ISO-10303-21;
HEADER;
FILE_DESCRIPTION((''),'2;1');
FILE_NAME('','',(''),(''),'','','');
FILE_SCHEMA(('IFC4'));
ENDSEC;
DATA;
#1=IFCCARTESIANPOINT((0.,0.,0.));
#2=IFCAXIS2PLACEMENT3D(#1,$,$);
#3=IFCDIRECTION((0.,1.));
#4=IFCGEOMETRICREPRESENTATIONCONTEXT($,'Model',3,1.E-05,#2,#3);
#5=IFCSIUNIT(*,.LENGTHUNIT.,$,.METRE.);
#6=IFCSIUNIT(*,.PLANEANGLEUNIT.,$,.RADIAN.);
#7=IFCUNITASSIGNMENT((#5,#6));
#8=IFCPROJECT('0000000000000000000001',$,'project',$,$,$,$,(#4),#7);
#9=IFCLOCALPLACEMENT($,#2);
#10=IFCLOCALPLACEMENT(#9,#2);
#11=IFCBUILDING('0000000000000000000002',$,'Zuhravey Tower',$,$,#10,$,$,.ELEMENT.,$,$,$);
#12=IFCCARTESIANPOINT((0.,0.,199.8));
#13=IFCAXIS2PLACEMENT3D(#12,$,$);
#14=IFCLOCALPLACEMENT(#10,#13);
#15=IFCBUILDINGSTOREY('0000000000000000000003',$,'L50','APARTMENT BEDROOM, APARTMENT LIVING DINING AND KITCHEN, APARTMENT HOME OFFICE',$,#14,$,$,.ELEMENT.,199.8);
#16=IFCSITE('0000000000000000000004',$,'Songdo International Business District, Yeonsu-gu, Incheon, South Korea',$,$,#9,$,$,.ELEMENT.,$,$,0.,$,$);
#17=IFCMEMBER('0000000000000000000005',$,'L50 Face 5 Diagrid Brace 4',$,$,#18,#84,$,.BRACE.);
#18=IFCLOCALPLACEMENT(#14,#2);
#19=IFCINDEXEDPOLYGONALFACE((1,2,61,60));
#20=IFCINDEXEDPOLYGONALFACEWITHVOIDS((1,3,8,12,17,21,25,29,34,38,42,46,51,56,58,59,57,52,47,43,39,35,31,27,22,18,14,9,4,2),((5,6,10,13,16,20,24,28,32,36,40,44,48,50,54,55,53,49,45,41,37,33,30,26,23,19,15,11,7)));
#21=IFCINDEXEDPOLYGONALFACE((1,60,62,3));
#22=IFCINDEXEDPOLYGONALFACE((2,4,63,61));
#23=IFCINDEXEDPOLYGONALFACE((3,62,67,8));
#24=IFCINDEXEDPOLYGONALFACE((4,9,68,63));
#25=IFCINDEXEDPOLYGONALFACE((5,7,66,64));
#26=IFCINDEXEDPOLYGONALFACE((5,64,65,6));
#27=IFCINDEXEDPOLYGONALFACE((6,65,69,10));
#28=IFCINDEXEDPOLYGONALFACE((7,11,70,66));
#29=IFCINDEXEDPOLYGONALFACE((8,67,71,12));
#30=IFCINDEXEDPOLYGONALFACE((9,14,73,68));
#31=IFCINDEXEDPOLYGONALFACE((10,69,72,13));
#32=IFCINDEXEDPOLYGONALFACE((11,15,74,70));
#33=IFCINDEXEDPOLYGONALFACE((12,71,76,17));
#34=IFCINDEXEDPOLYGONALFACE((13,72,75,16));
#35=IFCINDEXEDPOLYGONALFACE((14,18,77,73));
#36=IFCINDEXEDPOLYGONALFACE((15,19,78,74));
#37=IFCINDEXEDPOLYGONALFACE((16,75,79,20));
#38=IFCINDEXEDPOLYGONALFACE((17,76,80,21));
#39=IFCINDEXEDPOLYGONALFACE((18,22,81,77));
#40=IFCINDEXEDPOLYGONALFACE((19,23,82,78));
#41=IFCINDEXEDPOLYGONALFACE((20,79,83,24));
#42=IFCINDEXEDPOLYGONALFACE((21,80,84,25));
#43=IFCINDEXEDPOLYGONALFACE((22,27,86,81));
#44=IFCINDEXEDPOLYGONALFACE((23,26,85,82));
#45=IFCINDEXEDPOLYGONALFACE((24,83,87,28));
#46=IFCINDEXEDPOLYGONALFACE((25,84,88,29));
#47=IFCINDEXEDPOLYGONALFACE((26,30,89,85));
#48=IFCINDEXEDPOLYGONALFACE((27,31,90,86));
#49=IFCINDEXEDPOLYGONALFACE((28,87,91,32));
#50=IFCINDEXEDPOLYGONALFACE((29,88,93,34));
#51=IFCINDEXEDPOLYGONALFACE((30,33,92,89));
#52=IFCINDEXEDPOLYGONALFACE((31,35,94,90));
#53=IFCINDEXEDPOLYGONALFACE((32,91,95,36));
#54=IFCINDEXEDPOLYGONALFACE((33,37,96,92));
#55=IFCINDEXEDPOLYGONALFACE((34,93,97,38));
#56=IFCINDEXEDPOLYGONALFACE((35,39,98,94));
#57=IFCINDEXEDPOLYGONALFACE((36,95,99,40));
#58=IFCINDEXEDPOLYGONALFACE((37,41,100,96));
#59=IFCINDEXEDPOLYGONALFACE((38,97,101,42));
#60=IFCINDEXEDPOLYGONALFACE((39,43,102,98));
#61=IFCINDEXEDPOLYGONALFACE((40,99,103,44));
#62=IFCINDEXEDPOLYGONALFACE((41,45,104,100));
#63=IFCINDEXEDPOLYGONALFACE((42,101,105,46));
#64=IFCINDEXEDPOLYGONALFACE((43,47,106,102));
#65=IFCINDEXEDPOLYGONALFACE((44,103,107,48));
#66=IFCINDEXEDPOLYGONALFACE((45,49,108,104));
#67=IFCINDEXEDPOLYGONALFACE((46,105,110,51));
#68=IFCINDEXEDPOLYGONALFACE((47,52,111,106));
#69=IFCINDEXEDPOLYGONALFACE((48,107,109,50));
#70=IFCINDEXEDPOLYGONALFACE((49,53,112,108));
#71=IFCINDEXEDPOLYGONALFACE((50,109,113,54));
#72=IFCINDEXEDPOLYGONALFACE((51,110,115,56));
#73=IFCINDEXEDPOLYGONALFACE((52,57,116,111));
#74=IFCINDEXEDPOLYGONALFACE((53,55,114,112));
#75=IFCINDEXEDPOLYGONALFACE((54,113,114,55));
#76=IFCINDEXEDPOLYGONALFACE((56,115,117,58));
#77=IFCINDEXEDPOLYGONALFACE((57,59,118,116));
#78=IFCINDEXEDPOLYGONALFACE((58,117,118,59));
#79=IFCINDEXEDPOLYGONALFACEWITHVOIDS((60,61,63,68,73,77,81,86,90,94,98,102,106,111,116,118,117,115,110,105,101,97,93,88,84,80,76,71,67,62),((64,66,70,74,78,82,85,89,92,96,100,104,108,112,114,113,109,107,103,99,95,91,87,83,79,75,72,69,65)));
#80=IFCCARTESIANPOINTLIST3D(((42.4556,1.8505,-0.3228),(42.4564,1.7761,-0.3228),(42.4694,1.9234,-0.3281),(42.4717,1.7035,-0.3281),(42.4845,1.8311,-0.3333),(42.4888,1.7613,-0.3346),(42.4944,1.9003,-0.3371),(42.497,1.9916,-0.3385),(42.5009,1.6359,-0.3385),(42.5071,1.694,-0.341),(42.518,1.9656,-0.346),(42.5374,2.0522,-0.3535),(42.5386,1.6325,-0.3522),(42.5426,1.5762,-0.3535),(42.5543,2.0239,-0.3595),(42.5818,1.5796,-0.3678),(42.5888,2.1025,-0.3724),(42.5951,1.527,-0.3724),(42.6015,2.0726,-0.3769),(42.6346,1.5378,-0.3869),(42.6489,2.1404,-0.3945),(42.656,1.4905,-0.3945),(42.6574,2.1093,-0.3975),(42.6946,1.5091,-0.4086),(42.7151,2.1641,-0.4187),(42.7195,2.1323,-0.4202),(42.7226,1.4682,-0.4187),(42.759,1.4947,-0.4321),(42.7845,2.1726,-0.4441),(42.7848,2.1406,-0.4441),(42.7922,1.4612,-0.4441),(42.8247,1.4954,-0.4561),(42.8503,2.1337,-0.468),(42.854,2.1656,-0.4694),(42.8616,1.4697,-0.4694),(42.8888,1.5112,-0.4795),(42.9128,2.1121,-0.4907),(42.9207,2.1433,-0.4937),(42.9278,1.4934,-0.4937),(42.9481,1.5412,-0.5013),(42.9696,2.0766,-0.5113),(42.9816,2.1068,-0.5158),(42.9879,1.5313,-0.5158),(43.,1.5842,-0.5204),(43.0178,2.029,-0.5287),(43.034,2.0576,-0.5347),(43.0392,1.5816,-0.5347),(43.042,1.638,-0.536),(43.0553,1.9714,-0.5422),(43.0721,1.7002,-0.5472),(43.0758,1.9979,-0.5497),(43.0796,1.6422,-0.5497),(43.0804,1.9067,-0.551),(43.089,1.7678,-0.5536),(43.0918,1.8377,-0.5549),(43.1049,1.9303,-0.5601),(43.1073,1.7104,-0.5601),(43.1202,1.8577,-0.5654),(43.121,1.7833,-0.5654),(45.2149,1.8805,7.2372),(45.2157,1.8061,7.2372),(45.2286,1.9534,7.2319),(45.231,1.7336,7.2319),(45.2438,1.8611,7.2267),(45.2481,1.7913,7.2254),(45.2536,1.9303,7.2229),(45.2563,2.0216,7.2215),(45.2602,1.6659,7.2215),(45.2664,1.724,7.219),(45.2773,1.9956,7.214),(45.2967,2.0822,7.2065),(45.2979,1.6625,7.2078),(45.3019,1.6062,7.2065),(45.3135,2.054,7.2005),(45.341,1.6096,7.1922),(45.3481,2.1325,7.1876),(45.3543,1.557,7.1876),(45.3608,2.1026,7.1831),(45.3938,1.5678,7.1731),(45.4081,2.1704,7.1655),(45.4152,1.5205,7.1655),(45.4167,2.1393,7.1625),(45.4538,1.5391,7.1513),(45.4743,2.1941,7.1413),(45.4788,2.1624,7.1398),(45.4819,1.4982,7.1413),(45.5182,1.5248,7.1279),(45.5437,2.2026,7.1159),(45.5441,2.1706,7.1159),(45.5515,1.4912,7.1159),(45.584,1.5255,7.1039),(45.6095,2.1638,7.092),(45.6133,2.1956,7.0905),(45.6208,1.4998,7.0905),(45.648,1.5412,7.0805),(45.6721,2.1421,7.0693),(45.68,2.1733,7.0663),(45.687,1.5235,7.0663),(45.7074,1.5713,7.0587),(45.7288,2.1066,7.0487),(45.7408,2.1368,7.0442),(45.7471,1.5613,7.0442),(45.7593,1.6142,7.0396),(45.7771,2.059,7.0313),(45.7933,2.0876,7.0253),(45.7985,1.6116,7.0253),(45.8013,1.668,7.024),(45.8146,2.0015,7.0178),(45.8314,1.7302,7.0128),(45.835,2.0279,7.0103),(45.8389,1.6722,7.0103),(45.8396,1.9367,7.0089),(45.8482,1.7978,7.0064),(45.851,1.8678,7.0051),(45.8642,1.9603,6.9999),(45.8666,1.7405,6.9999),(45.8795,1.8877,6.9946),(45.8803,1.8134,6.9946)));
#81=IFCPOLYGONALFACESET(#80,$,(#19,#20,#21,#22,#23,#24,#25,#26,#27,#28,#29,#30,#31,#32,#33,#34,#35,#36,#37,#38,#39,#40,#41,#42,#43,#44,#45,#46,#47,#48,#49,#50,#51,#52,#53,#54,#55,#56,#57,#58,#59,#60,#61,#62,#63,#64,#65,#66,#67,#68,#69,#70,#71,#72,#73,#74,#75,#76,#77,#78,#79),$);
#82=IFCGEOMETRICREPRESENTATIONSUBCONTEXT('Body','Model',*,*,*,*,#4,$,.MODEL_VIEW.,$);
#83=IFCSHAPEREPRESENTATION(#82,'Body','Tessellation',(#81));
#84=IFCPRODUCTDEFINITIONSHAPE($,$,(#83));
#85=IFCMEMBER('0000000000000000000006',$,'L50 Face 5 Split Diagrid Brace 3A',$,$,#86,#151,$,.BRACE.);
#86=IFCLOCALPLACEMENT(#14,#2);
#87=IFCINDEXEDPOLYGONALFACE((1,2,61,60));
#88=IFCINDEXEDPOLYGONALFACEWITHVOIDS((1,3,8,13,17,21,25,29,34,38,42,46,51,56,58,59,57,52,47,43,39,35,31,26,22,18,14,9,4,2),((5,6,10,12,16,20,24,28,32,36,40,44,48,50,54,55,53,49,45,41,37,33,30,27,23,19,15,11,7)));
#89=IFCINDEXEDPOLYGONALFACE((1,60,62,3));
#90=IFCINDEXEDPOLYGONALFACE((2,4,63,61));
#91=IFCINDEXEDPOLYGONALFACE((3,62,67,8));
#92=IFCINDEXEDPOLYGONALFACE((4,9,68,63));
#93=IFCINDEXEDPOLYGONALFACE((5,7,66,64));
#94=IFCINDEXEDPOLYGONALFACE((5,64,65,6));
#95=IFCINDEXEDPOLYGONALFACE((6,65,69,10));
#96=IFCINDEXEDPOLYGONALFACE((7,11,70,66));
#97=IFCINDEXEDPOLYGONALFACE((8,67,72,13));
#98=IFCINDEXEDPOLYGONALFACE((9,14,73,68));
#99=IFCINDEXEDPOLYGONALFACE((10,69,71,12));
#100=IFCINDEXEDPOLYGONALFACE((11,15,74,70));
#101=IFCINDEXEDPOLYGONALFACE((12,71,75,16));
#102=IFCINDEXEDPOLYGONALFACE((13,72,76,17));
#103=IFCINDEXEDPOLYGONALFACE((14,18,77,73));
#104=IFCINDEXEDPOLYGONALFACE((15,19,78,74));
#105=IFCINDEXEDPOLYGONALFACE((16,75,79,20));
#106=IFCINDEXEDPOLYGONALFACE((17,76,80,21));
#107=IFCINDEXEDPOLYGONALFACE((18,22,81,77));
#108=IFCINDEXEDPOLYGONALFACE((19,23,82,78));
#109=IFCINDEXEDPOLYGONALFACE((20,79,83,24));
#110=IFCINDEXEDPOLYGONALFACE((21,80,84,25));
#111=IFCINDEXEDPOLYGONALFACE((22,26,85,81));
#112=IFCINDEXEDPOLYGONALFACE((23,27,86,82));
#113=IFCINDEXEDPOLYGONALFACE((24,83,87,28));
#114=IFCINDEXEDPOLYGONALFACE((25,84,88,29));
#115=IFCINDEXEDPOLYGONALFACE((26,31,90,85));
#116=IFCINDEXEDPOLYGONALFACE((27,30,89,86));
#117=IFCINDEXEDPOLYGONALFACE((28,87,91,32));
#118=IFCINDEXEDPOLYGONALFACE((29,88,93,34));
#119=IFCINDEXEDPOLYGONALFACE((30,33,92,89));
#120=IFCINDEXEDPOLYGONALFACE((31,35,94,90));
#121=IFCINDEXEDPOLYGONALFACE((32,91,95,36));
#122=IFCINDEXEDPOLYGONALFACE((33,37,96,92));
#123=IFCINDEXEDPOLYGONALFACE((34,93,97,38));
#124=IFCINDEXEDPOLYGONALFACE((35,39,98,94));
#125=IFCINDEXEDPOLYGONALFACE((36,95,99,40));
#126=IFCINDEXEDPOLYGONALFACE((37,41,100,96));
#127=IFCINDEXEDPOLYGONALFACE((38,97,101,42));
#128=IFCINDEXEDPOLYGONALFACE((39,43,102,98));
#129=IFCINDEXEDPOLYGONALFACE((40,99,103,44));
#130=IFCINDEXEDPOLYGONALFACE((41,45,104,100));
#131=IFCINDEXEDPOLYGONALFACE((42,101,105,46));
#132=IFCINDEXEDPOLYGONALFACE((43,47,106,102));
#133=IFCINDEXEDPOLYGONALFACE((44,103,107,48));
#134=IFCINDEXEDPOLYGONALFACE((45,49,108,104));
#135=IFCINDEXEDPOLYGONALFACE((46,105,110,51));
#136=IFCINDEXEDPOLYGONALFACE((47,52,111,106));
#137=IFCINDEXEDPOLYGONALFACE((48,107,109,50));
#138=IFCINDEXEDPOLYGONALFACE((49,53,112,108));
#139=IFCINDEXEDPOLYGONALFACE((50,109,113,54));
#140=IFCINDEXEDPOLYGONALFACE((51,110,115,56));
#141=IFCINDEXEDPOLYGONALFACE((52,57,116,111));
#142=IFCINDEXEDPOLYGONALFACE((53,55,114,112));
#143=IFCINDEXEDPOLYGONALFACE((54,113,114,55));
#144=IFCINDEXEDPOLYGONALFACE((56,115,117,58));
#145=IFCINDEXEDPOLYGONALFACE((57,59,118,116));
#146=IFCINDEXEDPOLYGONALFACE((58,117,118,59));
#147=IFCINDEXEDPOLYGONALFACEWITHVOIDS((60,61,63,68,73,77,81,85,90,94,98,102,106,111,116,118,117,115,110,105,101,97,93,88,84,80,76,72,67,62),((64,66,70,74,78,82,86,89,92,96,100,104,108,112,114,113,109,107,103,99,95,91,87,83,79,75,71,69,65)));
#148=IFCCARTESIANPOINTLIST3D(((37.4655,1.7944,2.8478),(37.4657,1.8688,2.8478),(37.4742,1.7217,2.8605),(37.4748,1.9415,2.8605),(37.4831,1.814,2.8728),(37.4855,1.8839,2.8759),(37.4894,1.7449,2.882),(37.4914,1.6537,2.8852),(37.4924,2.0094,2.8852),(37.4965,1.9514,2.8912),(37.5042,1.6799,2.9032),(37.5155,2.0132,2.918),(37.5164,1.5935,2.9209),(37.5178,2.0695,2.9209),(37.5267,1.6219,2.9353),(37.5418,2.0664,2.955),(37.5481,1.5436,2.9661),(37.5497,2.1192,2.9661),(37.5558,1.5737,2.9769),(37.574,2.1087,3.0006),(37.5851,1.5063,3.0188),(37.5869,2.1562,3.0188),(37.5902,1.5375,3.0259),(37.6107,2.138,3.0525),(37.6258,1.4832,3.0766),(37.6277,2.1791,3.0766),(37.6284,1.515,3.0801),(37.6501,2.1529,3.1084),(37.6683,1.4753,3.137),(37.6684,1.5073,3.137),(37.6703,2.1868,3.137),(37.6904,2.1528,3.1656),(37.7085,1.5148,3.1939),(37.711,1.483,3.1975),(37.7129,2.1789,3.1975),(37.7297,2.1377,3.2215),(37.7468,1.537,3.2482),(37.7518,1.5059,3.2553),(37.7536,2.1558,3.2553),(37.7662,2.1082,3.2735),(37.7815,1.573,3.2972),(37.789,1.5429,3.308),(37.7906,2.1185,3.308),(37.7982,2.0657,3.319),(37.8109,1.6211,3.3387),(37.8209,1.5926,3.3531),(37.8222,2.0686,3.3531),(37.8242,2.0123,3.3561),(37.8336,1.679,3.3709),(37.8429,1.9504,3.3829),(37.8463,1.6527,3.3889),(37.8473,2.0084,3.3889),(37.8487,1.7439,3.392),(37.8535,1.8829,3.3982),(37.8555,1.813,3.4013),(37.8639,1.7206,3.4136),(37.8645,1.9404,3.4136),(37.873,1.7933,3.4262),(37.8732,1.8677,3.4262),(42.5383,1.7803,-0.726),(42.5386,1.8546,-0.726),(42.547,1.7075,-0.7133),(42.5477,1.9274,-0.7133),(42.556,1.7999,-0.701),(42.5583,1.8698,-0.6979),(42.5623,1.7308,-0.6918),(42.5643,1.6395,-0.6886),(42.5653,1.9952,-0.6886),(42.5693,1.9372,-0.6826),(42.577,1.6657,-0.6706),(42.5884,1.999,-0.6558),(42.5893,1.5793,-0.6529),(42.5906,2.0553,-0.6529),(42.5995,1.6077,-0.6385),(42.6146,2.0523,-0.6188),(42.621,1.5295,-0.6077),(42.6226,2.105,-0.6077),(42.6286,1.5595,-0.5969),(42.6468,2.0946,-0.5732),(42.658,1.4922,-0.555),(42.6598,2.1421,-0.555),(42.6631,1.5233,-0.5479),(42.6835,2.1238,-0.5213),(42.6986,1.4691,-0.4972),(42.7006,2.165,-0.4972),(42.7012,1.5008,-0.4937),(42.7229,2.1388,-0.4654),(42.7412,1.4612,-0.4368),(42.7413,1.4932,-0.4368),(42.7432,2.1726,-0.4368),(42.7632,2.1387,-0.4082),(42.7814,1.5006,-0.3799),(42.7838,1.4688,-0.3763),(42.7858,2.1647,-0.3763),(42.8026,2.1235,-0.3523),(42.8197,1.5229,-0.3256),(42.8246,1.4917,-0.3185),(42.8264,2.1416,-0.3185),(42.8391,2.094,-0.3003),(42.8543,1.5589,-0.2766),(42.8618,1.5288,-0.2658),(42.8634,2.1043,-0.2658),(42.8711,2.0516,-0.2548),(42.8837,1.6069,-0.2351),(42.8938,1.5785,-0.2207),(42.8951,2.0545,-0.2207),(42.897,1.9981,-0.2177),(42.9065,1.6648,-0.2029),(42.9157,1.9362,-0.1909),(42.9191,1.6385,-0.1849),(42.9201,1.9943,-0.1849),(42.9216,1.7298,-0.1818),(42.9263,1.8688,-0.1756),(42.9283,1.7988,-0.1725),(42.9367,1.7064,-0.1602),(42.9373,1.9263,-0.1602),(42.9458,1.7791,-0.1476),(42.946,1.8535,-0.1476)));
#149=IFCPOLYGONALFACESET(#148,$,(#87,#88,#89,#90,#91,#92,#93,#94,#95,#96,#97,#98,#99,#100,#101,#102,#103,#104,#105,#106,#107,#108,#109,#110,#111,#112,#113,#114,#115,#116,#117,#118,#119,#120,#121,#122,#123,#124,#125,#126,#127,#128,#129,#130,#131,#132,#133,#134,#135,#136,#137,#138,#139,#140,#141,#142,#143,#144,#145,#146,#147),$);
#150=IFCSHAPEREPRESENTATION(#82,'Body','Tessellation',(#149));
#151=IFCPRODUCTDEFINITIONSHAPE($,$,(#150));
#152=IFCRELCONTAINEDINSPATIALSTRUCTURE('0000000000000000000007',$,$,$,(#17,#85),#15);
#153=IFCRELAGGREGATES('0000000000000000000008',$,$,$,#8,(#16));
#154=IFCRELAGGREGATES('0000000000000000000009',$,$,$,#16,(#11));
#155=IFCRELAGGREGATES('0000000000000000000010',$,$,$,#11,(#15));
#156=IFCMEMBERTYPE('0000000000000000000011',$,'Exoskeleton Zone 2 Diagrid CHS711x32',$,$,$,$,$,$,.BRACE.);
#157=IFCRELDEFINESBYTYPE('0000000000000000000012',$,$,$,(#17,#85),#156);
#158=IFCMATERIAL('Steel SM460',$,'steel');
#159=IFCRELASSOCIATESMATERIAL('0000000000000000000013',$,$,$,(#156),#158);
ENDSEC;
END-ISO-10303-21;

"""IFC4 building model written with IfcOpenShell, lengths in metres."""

from ifc_helpers import new_model, si_unit, direction, frame, origin, origin_2d, place, context, subcontext, project, spatial, hollow_circle, extrude, material, material_profile, profile_set, type_object, element, save


model = new_model("IFC4")

# Units and contexts
model_context = context("Model", 3, precision=1e-05, world=origin(), true_north=direction((0.0, 1.0)))
body_context = subcontext(model_context, "Body", "Model", "MODEL_VIEW")
ifc_project = project(units=[si_unit("LENGTHUNIT", "METRE"), si_unit("PLANEANGLEUNIT", "RADIAN")], contexts=[model_context])

# Site, building, storey
site_placement = place(None, origin())
site = spatial("IfcSite", under=ifc_project, at=site_placement, Name="Songdo International Business District, Yeonsu-gu, Incheon, South Korea", CompositionType="ELEMENT", RefElevation=0.0)
building_placement = place(site_placement, origin())
building = spatial("IfcBuilding", under=site, at=building_placement, Name="Zuhravey Tower", CompositionType="ELEMENT")
storey_placement = place(building_placement, frame((0.0, 0.0, 199.8)))
storey = spatial("IfcBuildingStorey", under=building, at=storey_placement, Name="L50", Description="APARTMENT BEDROOM, APARTMENT LIVING DINING AND KITCHEN, APARTMENT HOME OFFICE", CompositionType="ELEMENT", Elevation=199.8)

# Members
ifc_material_1 = material(Name="Steel SM460", Category="steel")
ifc_material_profile_1 = material_profile(ifc_material_1, hollow_circle(Radius=0.3557, WallThickness=0.032, at=origin_2d()), Name="CHS-711.2x32")
ifc_profile_set_1 = profile_set([ifc_material_profile_1], Name="Steel SM460")
member_type_1 = type_object("IfcMemberType", Name="Exoskeleton Zone 2 Diagrid CHS711x32", PredefinedType="BRACE", material=ifc_profile_set_1)
member_1_placement = place(storey_placement, frame((42.7883, 1.8169, -0.4441), z_axis=(0.342856, 0.003731, 0.939381), x_axis=(-0.010882, 0.999941, 0.0)))
element("IfcMember", 1, at=member_1_placement, inside=storey, type_object=member_type_1, Name="L50 Face 5 Diagrid Brace 4", PredefinedType="BRACE", context=body_context, shape_type="SweptSolid", body=[
    extrude(hollow_circle(Radius=0.3557, WallThickness=0.032, at=origin_2d()), origin(), (0.0, 0.0, 1.0), 8.0479),
])
member_2_placement = place(storey_placement, frame((42.7422, 1.8169, -0.4368), z_axis=(-0.8175, 0.002282, 0.575925), x_axis=(-0.002791, -0.999996, 0.0)))
element("IfcMember", 2, at=member_2_placement, inside=storey, type_object=member_type_1, Name="L50 Face 5 Split Diagrid Brace 3A", PredefinedType="BRACE", context=body_context, shape_type="SweptSolid", body=[
    extrude(hollow_circle(Radius=0.3557, WallThickness=0.032, at=origin_2d()), origin(), (0.0, 0.0, 1.0), 6.2053),
])

save(model, "model.ifc")
